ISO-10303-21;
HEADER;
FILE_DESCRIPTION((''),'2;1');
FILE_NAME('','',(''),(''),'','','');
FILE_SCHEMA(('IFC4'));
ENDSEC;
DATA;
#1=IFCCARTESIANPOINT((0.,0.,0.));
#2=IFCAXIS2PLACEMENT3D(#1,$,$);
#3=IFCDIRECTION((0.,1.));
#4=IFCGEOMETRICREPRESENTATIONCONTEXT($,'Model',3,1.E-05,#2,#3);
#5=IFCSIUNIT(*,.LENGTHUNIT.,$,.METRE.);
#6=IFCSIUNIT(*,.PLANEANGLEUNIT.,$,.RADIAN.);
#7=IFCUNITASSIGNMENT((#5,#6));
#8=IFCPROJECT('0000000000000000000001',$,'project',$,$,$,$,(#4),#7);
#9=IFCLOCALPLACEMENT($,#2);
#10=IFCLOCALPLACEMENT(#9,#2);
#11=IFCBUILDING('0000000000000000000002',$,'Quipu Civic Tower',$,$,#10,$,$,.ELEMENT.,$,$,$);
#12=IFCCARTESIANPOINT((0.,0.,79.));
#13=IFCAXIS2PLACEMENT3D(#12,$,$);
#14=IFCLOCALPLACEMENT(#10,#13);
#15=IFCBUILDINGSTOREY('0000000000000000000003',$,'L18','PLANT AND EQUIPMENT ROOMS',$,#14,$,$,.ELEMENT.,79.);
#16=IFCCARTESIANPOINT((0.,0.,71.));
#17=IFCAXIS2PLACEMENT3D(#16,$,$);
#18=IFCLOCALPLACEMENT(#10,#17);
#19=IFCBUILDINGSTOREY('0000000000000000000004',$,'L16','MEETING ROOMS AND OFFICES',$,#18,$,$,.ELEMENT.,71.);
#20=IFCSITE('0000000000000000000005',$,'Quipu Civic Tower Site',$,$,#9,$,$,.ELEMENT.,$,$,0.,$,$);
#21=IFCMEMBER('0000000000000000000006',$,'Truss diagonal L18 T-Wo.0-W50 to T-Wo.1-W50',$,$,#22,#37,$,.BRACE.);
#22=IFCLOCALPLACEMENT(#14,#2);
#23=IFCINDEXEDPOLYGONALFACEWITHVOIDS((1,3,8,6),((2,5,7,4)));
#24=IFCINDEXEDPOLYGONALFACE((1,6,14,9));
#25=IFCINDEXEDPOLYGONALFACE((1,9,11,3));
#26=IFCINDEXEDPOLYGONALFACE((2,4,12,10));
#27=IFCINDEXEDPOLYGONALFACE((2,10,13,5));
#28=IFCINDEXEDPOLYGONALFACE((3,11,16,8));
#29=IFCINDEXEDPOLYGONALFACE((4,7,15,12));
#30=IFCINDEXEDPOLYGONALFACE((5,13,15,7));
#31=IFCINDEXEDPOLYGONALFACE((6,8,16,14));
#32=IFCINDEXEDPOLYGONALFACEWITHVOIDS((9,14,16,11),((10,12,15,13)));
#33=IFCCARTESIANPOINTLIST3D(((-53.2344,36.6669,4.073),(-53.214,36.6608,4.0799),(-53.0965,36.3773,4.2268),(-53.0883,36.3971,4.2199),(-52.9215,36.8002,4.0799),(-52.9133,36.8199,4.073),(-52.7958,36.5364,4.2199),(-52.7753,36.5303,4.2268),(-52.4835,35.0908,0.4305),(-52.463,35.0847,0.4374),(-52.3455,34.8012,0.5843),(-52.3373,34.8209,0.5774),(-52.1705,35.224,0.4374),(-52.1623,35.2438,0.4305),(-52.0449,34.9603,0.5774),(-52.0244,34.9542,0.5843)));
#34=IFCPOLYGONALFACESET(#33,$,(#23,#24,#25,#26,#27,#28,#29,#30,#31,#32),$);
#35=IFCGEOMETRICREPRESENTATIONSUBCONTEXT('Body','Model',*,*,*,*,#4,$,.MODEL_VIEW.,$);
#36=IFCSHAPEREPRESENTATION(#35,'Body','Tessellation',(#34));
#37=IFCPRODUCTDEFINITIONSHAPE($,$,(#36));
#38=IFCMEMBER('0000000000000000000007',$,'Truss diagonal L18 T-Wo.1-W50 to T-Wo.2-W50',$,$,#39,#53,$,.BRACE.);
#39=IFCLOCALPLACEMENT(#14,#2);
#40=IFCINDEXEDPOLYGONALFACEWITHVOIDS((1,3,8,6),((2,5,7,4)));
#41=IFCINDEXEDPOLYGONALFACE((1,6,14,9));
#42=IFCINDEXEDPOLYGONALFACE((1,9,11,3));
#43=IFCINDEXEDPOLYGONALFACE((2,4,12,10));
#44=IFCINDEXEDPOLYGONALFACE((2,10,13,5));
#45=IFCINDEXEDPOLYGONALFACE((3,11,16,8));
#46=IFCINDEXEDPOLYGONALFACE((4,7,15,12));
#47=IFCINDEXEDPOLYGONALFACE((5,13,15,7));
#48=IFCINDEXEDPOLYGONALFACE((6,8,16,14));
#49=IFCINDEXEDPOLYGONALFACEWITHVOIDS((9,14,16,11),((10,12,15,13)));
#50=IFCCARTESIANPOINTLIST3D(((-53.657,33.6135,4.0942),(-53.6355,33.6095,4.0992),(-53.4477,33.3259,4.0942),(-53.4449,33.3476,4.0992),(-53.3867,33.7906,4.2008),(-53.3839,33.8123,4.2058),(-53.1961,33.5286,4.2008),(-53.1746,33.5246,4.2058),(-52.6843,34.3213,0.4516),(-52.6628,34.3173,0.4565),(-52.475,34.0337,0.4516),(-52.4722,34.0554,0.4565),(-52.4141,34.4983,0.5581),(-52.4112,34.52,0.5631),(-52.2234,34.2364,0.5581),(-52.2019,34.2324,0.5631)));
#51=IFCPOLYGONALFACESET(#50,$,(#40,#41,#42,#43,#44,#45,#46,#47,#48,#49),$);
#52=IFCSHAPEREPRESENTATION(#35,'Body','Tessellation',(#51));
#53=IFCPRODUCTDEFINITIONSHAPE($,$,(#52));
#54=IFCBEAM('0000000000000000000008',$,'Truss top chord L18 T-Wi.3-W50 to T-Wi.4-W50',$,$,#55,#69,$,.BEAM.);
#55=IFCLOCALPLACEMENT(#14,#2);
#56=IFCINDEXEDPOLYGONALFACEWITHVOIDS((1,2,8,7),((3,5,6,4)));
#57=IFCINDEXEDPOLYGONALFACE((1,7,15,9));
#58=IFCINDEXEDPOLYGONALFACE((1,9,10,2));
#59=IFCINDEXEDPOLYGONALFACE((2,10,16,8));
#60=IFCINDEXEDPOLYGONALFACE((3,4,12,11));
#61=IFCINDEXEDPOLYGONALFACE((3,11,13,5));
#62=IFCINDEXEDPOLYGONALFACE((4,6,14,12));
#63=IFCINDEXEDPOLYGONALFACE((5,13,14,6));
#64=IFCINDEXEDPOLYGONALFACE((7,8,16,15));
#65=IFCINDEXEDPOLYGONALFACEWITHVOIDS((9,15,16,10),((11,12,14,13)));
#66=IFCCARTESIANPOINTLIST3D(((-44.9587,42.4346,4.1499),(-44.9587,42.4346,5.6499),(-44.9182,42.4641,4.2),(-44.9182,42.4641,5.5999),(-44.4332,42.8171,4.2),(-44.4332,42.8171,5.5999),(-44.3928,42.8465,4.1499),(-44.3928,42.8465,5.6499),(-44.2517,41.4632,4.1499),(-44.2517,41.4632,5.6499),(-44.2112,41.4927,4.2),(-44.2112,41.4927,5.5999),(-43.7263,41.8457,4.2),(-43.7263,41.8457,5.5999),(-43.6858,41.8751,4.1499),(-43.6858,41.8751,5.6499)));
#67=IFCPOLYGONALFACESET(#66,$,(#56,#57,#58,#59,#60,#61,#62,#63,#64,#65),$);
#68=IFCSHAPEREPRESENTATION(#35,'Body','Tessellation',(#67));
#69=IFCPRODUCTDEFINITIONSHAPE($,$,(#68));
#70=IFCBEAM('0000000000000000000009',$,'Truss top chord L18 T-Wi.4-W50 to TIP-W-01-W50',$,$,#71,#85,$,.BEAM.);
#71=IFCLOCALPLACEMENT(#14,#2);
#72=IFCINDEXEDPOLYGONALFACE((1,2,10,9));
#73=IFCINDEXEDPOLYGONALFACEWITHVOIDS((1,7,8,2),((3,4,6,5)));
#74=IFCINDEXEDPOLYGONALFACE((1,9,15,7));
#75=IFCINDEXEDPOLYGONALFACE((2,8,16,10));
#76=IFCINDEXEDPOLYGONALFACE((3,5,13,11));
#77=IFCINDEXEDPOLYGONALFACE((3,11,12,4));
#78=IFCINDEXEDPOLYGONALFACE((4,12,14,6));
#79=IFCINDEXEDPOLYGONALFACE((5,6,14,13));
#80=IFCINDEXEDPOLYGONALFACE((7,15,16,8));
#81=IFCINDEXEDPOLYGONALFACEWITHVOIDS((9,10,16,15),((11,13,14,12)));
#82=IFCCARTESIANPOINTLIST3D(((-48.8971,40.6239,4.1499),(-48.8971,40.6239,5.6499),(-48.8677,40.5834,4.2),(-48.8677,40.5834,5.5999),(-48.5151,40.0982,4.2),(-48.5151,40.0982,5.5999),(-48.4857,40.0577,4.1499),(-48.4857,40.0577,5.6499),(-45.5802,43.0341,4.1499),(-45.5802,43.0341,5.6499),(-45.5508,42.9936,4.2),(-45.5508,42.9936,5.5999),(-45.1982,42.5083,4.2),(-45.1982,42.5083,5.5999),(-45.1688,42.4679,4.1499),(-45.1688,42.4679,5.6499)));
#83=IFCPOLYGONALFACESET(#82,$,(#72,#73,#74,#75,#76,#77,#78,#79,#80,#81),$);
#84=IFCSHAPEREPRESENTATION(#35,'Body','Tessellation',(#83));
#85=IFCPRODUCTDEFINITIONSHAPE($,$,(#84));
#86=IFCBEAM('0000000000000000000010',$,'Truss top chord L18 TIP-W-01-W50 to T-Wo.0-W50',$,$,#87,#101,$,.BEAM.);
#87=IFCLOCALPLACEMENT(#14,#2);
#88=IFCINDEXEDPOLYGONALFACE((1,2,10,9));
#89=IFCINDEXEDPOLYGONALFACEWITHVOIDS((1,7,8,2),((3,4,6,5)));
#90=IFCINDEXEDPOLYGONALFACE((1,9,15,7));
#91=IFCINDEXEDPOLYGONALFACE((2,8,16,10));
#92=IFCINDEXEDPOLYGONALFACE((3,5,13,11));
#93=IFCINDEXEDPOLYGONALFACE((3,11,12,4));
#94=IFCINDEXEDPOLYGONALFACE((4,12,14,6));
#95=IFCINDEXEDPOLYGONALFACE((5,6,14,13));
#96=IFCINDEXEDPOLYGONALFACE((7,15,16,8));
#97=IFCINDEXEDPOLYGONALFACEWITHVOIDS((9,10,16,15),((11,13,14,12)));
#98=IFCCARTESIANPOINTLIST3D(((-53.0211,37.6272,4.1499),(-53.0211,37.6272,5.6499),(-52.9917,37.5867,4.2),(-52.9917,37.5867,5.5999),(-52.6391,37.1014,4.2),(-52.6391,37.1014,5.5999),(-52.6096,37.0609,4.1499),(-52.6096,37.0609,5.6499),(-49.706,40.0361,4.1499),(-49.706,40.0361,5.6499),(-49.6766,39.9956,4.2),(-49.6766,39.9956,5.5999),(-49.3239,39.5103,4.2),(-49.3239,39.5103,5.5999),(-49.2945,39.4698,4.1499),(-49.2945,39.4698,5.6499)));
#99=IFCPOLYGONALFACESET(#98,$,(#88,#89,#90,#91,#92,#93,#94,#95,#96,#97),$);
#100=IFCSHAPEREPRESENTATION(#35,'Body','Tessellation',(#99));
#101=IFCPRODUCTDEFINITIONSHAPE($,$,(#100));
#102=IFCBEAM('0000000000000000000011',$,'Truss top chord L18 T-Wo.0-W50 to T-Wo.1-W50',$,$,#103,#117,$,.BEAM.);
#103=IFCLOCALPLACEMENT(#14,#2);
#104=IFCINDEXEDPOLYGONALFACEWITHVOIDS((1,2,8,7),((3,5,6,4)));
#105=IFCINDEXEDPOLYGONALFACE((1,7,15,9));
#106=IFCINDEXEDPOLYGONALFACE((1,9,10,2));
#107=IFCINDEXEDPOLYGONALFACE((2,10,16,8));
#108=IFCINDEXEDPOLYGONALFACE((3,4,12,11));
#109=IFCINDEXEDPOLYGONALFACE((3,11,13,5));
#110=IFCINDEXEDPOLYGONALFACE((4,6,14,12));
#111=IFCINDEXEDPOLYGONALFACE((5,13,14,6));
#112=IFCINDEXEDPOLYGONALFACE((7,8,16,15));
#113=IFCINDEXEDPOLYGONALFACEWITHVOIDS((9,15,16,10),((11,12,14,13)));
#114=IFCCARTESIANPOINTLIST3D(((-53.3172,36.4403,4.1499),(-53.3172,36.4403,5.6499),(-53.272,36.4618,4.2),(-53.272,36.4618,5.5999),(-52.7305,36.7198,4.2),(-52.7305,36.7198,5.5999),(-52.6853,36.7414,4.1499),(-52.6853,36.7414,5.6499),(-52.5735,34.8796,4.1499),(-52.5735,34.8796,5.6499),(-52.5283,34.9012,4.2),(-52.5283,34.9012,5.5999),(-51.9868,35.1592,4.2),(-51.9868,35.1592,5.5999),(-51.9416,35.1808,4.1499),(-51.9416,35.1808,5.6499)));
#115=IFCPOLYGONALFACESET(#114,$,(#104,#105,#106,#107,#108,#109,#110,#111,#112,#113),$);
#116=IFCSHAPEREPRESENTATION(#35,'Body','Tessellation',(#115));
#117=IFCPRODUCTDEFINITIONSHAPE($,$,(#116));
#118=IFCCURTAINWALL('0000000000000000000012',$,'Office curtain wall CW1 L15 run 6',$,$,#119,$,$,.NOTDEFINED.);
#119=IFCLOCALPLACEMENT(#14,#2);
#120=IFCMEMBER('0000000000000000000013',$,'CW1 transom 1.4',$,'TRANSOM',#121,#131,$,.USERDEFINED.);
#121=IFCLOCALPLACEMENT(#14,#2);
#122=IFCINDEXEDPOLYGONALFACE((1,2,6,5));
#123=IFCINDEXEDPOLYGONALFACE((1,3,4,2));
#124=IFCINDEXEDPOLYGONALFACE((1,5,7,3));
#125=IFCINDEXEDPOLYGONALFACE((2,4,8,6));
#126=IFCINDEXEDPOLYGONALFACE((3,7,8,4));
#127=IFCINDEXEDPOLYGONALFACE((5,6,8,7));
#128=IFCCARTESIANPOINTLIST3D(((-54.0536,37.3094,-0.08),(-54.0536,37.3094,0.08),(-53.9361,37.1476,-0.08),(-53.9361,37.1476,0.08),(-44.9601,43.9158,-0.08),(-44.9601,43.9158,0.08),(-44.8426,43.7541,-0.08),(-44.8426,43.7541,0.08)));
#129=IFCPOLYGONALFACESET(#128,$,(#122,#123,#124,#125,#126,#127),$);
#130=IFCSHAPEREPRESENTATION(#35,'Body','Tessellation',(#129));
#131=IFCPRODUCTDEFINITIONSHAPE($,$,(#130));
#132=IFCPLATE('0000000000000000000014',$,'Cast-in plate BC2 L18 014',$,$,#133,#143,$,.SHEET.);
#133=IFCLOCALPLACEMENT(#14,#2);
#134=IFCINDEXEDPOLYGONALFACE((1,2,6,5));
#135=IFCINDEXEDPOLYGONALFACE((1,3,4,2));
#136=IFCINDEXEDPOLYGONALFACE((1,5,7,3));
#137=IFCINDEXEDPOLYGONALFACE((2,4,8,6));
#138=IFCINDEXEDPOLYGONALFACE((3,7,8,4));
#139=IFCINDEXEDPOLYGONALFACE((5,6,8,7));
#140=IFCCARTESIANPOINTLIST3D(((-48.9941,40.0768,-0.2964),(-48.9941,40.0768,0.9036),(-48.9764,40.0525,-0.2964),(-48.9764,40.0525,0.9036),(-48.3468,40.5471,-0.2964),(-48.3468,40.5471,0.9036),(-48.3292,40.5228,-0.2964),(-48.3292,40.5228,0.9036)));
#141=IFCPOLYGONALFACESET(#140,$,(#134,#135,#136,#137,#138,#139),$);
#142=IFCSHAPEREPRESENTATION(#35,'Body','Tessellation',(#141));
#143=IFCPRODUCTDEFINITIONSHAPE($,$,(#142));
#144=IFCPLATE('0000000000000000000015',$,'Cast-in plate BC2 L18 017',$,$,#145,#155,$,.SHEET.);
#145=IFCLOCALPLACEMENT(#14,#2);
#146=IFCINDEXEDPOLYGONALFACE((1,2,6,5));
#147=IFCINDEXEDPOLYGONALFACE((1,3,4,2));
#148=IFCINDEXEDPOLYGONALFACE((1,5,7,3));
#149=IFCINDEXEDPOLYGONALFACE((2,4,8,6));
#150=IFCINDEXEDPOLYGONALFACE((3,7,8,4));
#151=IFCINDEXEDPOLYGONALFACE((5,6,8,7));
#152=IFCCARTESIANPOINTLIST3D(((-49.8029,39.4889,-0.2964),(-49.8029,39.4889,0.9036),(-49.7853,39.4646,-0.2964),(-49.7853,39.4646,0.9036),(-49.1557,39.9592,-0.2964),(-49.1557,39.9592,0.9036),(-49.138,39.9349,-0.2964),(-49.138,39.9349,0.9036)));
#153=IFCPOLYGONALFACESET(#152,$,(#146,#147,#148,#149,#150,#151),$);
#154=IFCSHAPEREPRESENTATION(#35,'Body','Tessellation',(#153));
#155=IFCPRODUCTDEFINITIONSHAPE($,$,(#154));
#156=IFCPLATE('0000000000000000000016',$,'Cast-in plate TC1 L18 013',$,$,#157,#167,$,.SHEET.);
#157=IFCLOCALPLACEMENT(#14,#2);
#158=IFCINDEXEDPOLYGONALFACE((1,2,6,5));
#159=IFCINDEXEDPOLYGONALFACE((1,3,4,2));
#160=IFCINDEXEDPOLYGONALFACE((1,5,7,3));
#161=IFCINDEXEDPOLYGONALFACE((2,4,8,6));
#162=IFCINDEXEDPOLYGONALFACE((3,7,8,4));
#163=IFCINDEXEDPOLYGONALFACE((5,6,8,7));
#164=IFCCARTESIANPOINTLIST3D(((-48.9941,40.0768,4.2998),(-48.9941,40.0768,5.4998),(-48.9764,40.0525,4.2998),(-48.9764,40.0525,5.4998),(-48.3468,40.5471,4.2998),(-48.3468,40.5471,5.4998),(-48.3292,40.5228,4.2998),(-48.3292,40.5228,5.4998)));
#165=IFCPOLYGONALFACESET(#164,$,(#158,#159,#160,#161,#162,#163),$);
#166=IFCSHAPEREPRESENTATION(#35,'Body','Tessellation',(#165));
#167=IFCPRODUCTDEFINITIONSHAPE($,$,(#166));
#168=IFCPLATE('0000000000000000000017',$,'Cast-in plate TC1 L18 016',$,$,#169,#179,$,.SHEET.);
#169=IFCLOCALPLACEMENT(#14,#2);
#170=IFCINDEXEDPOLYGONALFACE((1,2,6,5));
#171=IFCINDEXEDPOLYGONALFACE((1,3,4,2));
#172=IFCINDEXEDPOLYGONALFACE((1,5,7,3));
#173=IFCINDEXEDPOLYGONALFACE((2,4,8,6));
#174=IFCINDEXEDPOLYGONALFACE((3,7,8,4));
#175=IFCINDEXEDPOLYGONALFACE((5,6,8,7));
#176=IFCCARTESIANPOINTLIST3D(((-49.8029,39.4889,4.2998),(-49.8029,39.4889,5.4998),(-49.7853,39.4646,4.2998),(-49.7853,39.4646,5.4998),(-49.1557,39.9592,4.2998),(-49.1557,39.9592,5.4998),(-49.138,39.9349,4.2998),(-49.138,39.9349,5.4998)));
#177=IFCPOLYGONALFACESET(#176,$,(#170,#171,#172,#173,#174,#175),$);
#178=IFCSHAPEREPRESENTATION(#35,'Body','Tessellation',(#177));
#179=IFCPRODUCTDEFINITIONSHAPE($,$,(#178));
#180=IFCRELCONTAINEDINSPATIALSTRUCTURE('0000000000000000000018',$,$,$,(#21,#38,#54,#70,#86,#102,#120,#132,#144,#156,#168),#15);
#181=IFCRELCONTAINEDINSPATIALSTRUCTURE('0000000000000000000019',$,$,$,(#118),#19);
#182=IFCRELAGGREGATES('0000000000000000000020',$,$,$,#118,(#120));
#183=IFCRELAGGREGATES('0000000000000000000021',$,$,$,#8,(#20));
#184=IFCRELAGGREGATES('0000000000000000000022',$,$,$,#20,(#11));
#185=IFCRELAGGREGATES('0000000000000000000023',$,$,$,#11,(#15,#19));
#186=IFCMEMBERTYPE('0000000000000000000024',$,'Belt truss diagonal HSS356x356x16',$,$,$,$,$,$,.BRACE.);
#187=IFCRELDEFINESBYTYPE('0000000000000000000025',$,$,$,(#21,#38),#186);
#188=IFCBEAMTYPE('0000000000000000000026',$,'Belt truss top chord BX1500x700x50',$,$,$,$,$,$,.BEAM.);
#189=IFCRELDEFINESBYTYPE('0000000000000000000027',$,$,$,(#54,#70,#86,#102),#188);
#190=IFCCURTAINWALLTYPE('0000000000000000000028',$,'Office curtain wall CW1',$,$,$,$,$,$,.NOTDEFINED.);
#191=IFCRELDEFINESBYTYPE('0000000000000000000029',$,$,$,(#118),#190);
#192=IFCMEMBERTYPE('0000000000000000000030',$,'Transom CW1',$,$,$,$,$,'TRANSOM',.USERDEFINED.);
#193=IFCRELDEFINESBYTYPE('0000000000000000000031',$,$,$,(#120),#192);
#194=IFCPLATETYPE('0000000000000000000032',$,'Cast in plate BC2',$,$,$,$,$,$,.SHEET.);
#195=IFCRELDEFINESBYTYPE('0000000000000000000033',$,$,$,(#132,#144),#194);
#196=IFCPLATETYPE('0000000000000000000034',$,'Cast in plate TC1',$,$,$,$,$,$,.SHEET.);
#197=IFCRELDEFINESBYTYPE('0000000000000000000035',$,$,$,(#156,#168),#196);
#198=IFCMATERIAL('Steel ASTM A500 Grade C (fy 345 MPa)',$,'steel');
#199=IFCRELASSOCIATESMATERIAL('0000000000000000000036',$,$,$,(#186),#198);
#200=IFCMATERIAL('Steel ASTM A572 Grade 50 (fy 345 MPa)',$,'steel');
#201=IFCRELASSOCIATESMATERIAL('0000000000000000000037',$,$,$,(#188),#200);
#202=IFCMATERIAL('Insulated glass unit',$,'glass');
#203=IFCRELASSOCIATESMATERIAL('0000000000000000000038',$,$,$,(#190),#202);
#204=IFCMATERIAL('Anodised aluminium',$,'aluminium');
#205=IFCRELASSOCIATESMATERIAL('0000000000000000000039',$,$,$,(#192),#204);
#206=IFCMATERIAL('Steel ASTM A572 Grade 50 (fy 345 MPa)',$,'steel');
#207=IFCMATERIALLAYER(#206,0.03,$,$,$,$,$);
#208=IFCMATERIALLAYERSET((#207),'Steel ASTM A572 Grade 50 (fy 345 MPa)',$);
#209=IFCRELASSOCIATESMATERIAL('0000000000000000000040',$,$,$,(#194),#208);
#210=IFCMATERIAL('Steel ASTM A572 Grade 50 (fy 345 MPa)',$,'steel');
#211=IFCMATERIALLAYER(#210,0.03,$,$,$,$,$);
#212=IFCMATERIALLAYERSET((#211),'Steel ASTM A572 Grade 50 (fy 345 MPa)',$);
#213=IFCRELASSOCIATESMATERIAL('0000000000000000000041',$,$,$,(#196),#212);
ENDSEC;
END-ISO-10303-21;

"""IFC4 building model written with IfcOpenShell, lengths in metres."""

from ifc_helpers import new_model, si_unit, direction, frame, origin, origin_2d, place, context, subcontext, project, spatial, rectangle, hollow_rectangle, extrude, material, layer, layer_set, material_profile, profile_set, type_object, element, aggregate, save


model = new_model("IFC4")

# Units and contexts
model_context = context("Model", 3, precision=1e-05, world=origin(), true_north=direction((0.0, 1.0)))
body_context = subcontext(model_context, "Body", "Model", "MODEL_VIEW")
ifc_project = project(units=[si_unit("LENGTHUNIT", "METRE"), si_unit("PLANEANGLEUNIT", "RADIAN")], contexts=[model_context])

# Site, building, storey
site_placement = place(None, origin())
site = spatial("IfcSite", under=ifc_project, at=site_placement, Name="Quipu Civic Tower Site", CompositionType="ELEMENT", RefElevation=0.0)
building_placement = place(site_placement, origin())
building = spatial("IfcBuilding", under=site, at=building_placement, Name="Quipu Civic Tower", CompositionType="ELEMENT")
storey_1_placement = place(building_placement, frame((0.0, 0.0, 79.0)))
storey_1 = spatial("IfcBuildingStorey", under=building, at=storey_1_placement, Name="L18", Description="PLANT AND EQUIPMENT ROOMS", CompositionType="ELEMENT", Elevation=79.0)

# Members
ifc_material_1 = material(Name="Steel ASTM A500 Grade C (fy 345 MPa)", Category="steel")
ifc_material_profile_1 = material_profile(ifc_material_1, hollow_rectangle(XDim=0.3557, YDim=0.3557, WallThickness=0.0159, at=origin_2d()), Name="HSS356x356x16")
ifc_profile_set_1 = profile_set([ifc_material_profile_1], Name="Steel ASTM A500 Grade C (fy 345 MPa)")
member_type_1 = type_object("IfcMemberType", Name="Belt truss diagonal HSS356x356x16", PredefinedType="BRACE", material=ifc_profile_set_1)
member_1_placement = place(storey_1_placement, frame((-53.0049, 36.5986, 4.1499), z_axis=(0.185913, -0.390201, -0.901765), x_axis=(0.902767, 0.430129, 0.0)))
element("IfcMember", 1, at=member_1_placement, inside=storey_1, type_object=member_type_1, Name="Truss diagonal L18 T-Wo.0-W50 to T-Wo.1-W50", PredefinedType="BRACE", context=body_context, shape_type="SweptSolid", body=[
    extrude(hollow_rectangle(XDim=0.3557, YDim=0.3557, WallThickness=0.0159, at=origin_2d()), origin(), (0.0, 0.0, 1.0), 4.0393),
])
member_2_placement = place(storey_1_placement, frame((-52.4431, 34.2769, 0.5073), z_axis=(-0.253556, -0.184503, 0.949562), x_axis=(0.588377, -0.808587, 0.0)))
element("IfcMember", 2, at=member_2_placement, inside=storey_1, type_object=member_type_1, Name="Truss diagonal L18 T-Wo.1-W50 to T-Wo.2-W50", PredefinedType="BRACE", context=body_context, shape_type="SweptSolid", body=[
    extrude(hollow_rectangle(XDim=0.3557, YDim=0.3557, WallThickness=0.0159, at=origin_2d()), origin(), (0.0, 0.0, 1.0), 3.8362),
])

# Beams
ifc_material_2 = material(Name="Steel ASTM A572 Grade 50 (fy 345 MPa)", Category="steel")
ifc_material_profile_2 = material_profile(ifc_material_2, hollow_rectangle(XDim=0.7, YDim=1.5, WallThickness=0.05, at=origin_2d()), Name="BX1500x700x50")
ifc_profile_set_2 = profile_set([ifc_material_profile_2], Name="Steel ASTM A572 Grade 50 (fy 345 MPa)")
beam_type_1 = type_object("IfcBeamType", Name="Belt truss top chord BX1500x700x50", PredefinedType="BEAM", material=ifc_profile_set_2)
beam_1_placement = place(storey_1_placement, frame((-43.9688, 41.6692, 4.8999), z_axis=(-0.588462, 0.808525, 0.0), x_axis=(-0.808525, -0.588462, 0.0)))
element("IfcBeam", 3, at=beam_1_placement, inside=storey_1, type_object=beam_type_1, Name="Truss top chord L18 T-Wi.3-W50 to T-Wi.4-W50", PredefinedType="BEAM", context=body_context, shape_type="SweptSolid", body=[
    extrude(hollow_rectangle(XDim=0.7, YDim=1.5, WallThickness=0.05, at=origin_2d()), origin(), (0.0, 0.0, 1.0), 1.2014),
])
beam_2_placement = place(storey_1_placement, frame((-45.3745, 42.751, 4.8999), z_axis=(-0.808983, -0.587832, 0.0), x_axis=(0.587832, -0.808983, 0.0)))
element("IfcBeam", 4, at=beam_2_placement, inside=storey_1, type_object=beam_type_1, Name="Truss top chord L18 T-Wi.4-W50 to TIP-W-01-W50", PredefinedType="BEAM", context=body_context, shape_type="SweptSolid", body=[
    extrude(hollow_rectangle(XDim=0.7, YDim=1.5, WallThickness=0.05, at=origin_2d()), origin(), (0.0, 0.0, 1.0), 4.1001),
])
beam_3_placement = place(storey_1_placement, frame((-49.5002, 39.7529, 4.8999), z_axis=(-0.808981, -0.587835, 0.0), x_axis=(0.587835, -0.808981, 0.0)))
element("IfcBeam", 5, at=beam_3_placement, inside=storey_1, type_object=beam_type_1, Name="Truss top chord L18 TIP-W-01-W50 to T-Wo.0-W50", PredefinedType="BEAM", context=body_context, shape_type="SweptSolid", body=[
    extrude(hollow_rectangle(XDim=0.7, YDim=1.5, WallThickness=0.05, at=origin_2d()), origin(), (0.0, 0.0, 1.0), 4.0979),
])
beam_4_placement = place(storey_1_placement, frame((-53.0012, 36.5908, 4.8999), z_axis=(0.430186, -0.90274, 0.0), x_axis=(0.90274, 0.430186, 0.0)))
element("IfcBeam", 6, at=beam_4_placement, inside=storey_1, type_object=beam_type_1, Name="Truss top chord L18 T-Wo.0-W50 to T-Wo.1-W50", PredefinedType="BEAM", context=body_context, shape_type="SweptSolid", body=[
    extrude(hollow_rectangle(XDim=0.7, YDim=1.5, WallThickness=0.05, at=origin_2d()), origin(), (0.0, 0.0, 1.0), 1.7288),
])

# Shared definitions
storey_2_placement = place(building_placement, frame((0.0, 0.0, 71.0)))
storey_2 = spatial("IfcBuildingStorey", under=building, at=storey_2_placement, Name="L16", Description="MEETING ROOMS AND OFFICES", CompositionType="ELEMENT", Elevation=71.0)

# Curtain wall, member
ifc_material_3 = material(Name="Insulated glass unit", Category="glass")
curtain_wall_type = type_object("IfcCurtainWallType", Name="Office curtain wall CW1", PredefinedType="NOTDEFINED", material=ifc_material_3)
curtain_wall_placement = place(storey_2_placement, origin())
curtain_wall = element("IfcCurtainWall", 7, at=curtain_wall_placement, inside=storey_2, type_object=curtain_wall_type, Name="Office curtain wall CW1 L15 run 6", PredefinedType="NOTDEFINED")
ifc_material_4 = material(Name="Anodised aluminium", Category="aluminium")
ifc_material_profile_3 = material_profile(ifc_material_4, rectangle(XDim=0.2, YDim=0.1599, at=origin_2d()), Name="RECT 200x160")
ifc_profile_set_3 = profile_set([ifc_material_profile_3], Name="Anodised aluminium")
member_type_2 = type_object("IfcMemberType", Name="Transom CW1", ElementType="TRANSOM", PredefinedType="USERDEFINED", material=ifc_profile_set_3)
member_3_placement = place(storey_1_placement, frame((-44.9014, 43.835, 0.0), z_axis=(-0.809033, -0.587764, 0.0), x_axis=(0.587764, -0.809033, 0.0)))
member_3 = element("IfcMember", 8, at=member_3_placement, inside=storey_1, type_object=member_type_2, Name="CW1 transom 1.4", ObjectType="TRANSOM", PredefinedType="USERDEFINED", context=body_context, shape_type="SweptSolid", body=[
    extrude(rectangle(XDim=0.2, YDim=0.1599, at=origin_2d()), origin(), (0.0, 0.0, 1.0), 11.24),
])
aggregate(curtain_wall, [member_3])

# Plates
ifc_material_5 = material(Name="Steel ASTM A572 Grade 50 (fy 345 MPa)", Category="steel")
ifc_layer_1 = layer(ifc_material_5, 0.03)
ifc_layer_set_1 = layer_set([ifc_layer_1], Name="Steel ASTM A572 Grade 50 (fy 345 MPa)")
plate_type_1 = type_object("IfcPlateType", Name="Cast in plate BC2", PredefinedType="SHEET", material=ifc_layer_set_1)
for number, where, z_axis, x_axis, name in (
    (9, (-48.6616, 40.2998, -0.2964), (0.0, 0.0, 1.0), (0.809027, 0.587771, 0.0), "Cast-in plate BC2 L18 014"),
    (10, (-49.4705, 39.7119, -0.2964), (0.0, 0.0, 1.0), (0.809027, 0.587771, 0.0), "Cast-in plate BC2 L18 017"),
):
    element("IfcPlate", number, at=place(storey_1_placement, frame(where, z_axis=z_axis, x_axis=x_axis)), inside=storey_1, type_object=plate_type_1, Name=name, PredefinedType="SHEET", context=body_context, shape_type="SweptSolid", body=[
        extrude(rectangle(XDim=0.8, YDim=0.03, at=origin_2d()), origin(), (0.0, 0.0, 1.0), 1.2),
    ])
ifc_material_6 = material(Name="Steel ASTM A572 Grade 50 (fy 345 MPa)", Category="steel")
ifc_layer_2 = layer(ifc_material_6, 0.03)
ifc_layer_set_2 = layer_set([ifc_layer_2], Name="Steel ASTM A572 Grade 50 (fy 345 MPa)")
plate_type_2 = type_object("IfcPlateType", Name="Cast in plate TC1", PredefinedType="SHEET", material=ifc_layer_set_2)
for number, where, z_axis, x_axis, name in (
    (11, (-48.6616, 40.2998, 4.2998), (0.0, 0.0, 1.0), (0.809027, 0.587771, 0.0), "Cast-in plate TC1 L18 013"),
    (12, (-49.4705, 39.7119, 4.2998), (0.0, 0.0, 1.0), (0.809027, 0.587771, 0.0), "Cast-in plate TC1 L18 016"),
):
    element("IfcPlate", number, at=place(storey_1_placement, frame(where, z_axis=z_axis, x_axis=x_axis)), inside=storey_1, type_object=plate_type_2, Name=name, PredefinedType="SHEET", context=body_context, shape_type="SweptSolid", body=[
        extrude(rectangle(XDim=0.8, YDim=0.03, at=origin_2d()), origin(), (0.0, 0.0, 1.0), 1.2),
    ])

save(model, "model.ifc")
